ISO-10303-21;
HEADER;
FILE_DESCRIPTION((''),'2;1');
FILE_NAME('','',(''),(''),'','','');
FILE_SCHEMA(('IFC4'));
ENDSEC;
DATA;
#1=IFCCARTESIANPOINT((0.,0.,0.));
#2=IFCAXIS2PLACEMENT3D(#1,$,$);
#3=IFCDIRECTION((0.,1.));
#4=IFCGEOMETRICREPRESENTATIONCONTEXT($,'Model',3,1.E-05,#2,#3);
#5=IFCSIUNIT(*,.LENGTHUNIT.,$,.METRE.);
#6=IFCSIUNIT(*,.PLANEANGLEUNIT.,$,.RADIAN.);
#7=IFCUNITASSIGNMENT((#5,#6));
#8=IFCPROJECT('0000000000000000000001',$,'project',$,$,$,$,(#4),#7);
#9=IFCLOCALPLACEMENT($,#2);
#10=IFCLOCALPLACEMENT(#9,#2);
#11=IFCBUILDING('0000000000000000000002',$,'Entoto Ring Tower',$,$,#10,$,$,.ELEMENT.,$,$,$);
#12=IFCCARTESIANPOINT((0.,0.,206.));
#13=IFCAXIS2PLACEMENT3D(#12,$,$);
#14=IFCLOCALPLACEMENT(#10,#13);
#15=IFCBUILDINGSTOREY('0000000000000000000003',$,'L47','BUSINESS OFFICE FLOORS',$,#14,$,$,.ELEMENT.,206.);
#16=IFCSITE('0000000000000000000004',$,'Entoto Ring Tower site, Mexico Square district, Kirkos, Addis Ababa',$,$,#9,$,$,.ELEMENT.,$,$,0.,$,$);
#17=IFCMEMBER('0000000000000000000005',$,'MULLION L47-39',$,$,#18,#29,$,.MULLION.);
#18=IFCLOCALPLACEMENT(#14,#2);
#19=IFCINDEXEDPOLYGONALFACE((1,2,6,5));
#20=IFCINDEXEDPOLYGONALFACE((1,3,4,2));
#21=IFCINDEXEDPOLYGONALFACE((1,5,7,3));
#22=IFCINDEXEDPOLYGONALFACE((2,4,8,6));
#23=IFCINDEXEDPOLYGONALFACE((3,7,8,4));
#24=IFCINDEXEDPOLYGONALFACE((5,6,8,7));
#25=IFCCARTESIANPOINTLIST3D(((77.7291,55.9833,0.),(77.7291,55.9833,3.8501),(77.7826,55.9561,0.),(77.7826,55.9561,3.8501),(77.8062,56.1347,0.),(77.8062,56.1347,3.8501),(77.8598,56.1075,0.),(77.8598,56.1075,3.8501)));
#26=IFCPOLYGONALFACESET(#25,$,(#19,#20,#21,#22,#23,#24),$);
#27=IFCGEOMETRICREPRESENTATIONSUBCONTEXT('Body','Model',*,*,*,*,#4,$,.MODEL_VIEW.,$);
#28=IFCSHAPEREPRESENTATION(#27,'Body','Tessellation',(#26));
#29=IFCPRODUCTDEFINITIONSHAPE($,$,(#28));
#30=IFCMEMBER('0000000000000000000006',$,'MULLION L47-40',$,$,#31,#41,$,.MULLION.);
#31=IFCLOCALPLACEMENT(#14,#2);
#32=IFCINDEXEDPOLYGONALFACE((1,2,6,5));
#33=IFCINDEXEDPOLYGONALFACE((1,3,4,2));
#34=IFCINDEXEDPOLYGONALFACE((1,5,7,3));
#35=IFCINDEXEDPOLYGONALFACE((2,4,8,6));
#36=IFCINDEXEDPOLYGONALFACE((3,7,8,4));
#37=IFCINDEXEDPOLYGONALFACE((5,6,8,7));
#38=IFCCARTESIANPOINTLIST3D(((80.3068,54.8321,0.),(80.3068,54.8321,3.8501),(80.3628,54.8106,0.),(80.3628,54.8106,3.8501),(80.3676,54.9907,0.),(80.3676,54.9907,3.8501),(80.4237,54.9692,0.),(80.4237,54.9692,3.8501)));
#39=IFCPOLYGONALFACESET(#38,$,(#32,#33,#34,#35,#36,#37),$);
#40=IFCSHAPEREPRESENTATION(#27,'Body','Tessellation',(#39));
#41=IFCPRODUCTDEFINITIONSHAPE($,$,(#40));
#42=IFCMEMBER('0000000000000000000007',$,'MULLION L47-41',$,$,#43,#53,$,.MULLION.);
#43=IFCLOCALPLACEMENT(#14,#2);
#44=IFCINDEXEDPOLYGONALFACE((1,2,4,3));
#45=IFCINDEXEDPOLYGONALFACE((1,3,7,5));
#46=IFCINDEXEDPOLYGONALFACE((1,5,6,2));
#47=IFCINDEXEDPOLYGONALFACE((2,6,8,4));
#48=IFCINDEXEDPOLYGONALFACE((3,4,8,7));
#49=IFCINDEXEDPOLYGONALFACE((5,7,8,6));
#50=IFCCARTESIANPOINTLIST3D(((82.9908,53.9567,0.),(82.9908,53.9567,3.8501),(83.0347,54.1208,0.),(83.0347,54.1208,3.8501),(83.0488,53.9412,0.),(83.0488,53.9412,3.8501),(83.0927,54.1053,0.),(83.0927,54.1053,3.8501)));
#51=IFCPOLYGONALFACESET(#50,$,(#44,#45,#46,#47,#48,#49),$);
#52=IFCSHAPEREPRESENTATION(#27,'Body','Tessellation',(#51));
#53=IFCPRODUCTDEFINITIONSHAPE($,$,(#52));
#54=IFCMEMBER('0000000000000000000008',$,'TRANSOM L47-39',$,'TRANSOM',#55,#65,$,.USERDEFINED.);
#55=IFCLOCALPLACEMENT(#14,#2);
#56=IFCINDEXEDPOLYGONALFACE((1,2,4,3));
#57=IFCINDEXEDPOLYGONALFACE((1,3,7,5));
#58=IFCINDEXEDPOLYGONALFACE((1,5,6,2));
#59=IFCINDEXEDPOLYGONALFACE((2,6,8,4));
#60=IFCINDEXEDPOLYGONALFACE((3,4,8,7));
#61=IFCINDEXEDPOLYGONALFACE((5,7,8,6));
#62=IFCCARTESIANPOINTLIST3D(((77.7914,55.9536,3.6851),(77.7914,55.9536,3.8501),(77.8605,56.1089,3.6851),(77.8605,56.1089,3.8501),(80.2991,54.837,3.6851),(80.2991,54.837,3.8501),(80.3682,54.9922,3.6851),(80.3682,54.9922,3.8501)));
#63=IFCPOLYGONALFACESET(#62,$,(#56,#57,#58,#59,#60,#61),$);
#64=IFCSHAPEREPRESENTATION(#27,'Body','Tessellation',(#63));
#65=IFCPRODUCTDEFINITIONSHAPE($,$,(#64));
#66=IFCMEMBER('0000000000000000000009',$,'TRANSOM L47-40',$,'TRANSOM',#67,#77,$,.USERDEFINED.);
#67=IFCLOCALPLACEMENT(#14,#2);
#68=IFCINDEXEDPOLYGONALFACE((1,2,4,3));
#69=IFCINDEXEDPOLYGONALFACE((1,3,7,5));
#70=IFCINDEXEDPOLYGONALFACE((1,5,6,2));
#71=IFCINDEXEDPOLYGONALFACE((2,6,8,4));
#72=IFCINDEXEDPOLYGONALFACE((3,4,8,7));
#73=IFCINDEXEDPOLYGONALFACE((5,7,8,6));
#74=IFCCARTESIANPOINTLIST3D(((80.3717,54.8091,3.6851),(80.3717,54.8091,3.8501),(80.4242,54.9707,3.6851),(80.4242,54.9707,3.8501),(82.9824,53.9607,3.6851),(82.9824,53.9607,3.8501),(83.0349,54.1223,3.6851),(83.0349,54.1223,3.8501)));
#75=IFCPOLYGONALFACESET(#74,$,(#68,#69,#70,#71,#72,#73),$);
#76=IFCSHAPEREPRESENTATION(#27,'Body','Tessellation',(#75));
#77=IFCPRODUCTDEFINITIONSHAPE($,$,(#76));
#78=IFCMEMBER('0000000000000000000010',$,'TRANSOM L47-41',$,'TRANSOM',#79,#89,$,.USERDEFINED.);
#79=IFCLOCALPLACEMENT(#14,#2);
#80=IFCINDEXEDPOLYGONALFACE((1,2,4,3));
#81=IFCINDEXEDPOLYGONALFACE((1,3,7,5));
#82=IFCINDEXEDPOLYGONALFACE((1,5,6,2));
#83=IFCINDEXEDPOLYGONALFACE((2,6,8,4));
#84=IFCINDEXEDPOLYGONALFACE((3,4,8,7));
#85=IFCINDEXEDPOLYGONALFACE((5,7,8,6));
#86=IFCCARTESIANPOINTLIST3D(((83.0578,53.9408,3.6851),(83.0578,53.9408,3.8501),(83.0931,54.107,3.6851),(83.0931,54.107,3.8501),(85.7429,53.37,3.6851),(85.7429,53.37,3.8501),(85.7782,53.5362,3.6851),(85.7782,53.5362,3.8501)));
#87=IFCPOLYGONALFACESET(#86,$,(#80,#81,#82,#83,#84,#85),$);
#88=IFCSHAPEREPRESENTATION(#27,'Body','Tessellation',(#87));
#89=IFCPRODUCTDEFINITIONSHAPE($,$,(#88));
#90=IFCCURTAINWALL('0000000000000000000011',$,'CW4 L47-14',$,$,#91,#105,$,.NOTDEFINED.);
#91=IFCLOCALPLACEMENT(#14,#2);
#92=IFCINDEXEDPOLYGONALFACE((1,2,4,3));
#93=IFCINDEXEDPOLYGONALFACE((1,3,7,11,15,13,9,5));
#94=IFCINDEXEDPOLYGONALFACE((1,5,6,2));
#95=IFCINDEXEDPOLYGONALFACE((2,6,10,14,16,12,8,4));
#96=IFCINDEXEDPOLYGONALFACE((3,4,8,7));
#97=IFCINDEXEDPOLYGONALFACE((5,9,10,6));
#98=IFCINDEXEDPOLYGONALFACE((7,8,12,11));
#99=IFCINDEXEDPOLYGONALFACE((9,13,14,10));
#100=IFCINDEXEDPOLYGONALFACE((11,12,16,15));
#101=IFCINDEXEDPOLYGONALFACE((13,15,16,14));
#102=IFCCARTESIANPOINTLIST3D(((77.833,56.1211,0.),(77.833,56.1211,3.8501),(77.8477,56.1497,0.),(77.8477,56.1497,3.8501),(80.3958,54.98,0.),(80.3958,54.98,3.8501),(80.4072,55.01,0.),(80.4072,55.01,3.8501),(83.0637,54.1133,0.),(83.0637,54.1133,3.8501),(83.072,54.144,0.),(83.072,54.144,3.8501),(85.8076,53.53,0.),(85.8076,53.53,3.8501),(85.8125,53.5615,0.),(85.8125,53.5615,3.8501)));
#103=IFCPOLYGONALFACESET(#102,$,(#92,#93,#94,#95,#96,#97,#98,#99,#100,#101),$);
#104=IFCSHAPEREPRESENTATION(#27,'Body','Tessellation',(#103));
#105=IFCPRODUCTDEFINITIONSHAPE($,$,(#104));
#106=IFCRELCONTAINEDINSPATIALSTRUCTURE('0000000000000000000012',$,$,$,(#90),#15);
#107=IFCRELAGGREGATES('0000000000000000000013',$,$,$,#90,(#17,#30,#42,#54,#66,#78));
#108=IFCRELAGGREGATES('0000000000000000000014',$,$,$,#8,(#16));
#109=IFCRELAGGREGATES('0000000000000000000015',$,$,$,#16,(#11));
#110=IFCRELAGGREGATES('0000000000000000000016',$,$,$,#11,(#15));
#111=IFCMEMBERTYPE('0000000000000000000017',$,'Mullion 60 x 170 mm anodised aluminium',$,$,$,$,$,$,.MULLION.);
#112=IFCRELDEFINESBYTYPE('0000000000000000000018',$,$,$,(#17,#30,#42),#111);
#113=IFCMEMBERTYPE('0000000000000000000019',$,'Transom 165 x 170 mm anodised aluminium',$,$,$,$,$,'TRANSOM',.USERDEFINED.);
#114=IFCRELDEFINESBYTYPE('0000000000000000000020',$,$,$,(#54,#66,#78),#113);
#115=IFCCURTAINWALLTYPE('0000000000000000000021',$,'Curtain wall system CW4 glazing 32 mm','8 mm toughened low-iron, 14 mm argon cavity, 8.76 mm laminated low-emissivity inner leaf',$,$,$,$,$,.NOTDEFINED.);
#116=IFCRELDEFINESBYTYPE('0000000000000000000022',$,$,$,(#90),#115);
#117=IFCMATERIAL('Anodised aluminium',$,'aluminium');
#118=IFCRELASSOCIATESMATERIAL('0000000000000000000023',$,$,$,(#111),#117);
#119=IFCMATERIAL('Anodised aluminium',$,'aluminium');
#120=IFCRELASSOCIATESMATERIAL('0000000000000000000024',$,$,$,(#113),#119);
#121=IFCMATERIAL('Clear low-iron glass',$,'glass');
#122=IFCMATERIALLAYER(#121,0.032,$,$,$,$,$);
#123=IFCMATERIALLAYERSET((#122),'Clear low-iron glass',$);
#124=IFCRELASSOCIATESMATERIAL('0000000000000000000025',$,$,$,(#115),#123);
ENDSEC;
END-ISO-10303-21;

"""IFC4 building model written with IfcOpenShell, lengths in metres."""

from ifc_helpers import new_model, si_unit, direction, frame, origin, origin_2d, place, context, subcontext, project, spatial, polyline, rectangle, outline, extrude, material, layer, layer_set, material_profile, profile_set, type_object, element, aggregate, save


model = new_model("IFC4")

# Units and contexts
model_context = context("Model", 3, precision=1e-05, world=origin(), true_north=direction((0.0, 1.0)))
body_context = subcontext(model_context, "Body", "Model", "MODEL_VIEW")
ifc_project = project(units=[si_unit("LENGTHUNIT", "METRE"), si_unit("PLANEANGLEUNIT", "RADIAN")], contexts=[model_context])

# Members
ifc_material_1 = material(Name="Anodised aluminium", Category="aluminium")
ifc_material_profile_1 = material_profile(ifc_material_1, rectangle(XDim=0.0601, YDim=0.1699, at=origin_2d()), Name="Mullion 60 x 170 mm anodised aluminium")
ifc_profile_set_1 = profile_set([ifc_material_profile_1], Name="Anodised aluminium")
member_type_1 = type_object("IfcMemberType", Name="Mullion 60 x 170 mm anodised aluminium", PredefinedType="MULLION", material=ifc_profile_set_1)
site_placement = place(None, origin())
building_placement = place(site_placement, origin())
storey_placement = place(building_placement, frame((0.0, 0.0, 206.0)))
member_1_placement = place(storey_placement, frame((77.7944, 56.0454, 0.0), z_axis=(0.0, 0.0, 1.0), x_axis=(0.891007, -0.45399, 0.0)))
member_1 = element("IfcMember", 1, at=member_1_placement, type_object=member_type_1, Name="MULLION L47-39", PredefinedType="MULLION", context=body_context, shape_type="SweptSolid", body=[
    extrude(rectangle(XDim=0.0601, YDim=0.1699, at=origin_2d()), origin(), (0.0, 0.0, 1.0), 3.8501),
])
member_2_placement = place(storey_placement, frame((80.3652, 54.9006, 0.0), z_axis=(0.0, 0.0, 1.0), x_axis=(0.93358, -0.358368, 0.0)))
member_2 = element("IfcMember", 2, at=member_2_placement, type_object=member_type_1, Name="MULLION L47-40", PredefinedType="MULLION", context=body_context, shape_type="SweptSolid", body=[
    extrude(rectangle(XDim=0.0601, YDim=0.1699, at=origin_2d()), origin(), (0.0, 0.0, 1.0), 3.8501),
])
member_3_placement = place(storey_placement, frame((83.0417, 54.031, 0.0), z_axis=(0.0, 0.0, 1.0), x_axis=(0.965926, -0.258819, 0.0)))
member_3 = element("IfcMember", 3, at=member_3_placement, type_object=member_type_1, Name="MULLION L47-41", PredefinedType="MULLION", context=body_context, shape_type="SweptSolid", body=[
    extrude(rectangle(XDim=0.0601, YDim=0.1699, at=origin_2d()), origin(), (0.0, 0.0, 1.0), 3.8501),
])
ifc_material_2 = material(Name="Anodised aluminium", Category="aluminium")
ifc_material_profile_2 = material_profile(ifc_material_2, rectangle(XDim=0.1699, YDim=0.165, at=origin_2d()), Name="Transom 165 x 170 mm anodised aluminium")
ifc_profile_set_2 = profile_set([ifc_material_profile_2], Name="Anodised aluminium")
member_type_2 = type_object("IfcMemberType", Name="Transom 165 x 170 mm anodised aluminium", ElementType="TRANSOM", PredefinedType="USERDEFINED", material=ifc_profile_set_2)
member_4_placement = place(storey_placement, frame((77.8259, 56.0312, 3.7676), z_axis=(0.913525, -0.406782, 0.0), x_axis=(0.406782, 0.913525, 0.0)))
member_4 = element("IfcMember", 4, at=member_4_placement, type_object=member_type_2, Name="TRANSOM L47-39", ObjectType="TRANSOM", PredefinedType="USERDEFINED", context=body_context, shape_type="SweptSolid", body=[
    extrude(rectangle(XDim=0.1699, YDim=0.165, at=origin_2d()), origin(), (0.0, 0.0, 1.0), 2.7451),
])
member_5_placement = place(storey_placement, frame((80.3979, 54.8899, 3.7676), z_axis=(0.951048, -0.309042, 0.0), x_axis=(0.309042, 0.951048, 0.0)))
member_5 = element("IfcMember", 5, at=member_5_placement, type_object=member_type_2, Name="TRANSOM L47-40", ObjectType="TRANSOM", PredefinedType="USERDEFINED", context=body_context, shape_type="SweptSolid", body=[
    extrude(rectangle(XDim=0.1699, YDim=0.165, at=origin_2d()), origin(), (0.0, 0.0, 1.0), 2.7451),
])
member_6_placement = place(storey_placement, frame((83.0754, 54.0239, 3.7676), z_axis=(0.978142, -0.207937, 0.0), x_axis=(0.207937, 0.978142, 0.0)))
member_6 = element("IfcMember", 6, at=member_6_placement, type_object=member_type_2, Name="TRANSOM L47-41", ObjectType="TRANSOM", PredefinedType="USERDEFINED", context=body_context, shape_type="SweptSolid", body=[
    extrude(rectangle(XDim=0.1699, YDim=0.165, at=origin_2d()), origin(), (0.0, 0.0, 1.0), 2.7451),
])

# Site, building, storey
site = spatial("IfcSite", under=ifc_project, at=site_placement, Name="Entoto Ring Tower site, Mexico Square district, Kirkos, Addis Ababa", CompositionType="ELEMENT", RefElevation=0.0)
building = spatial("IfcBuilding", under=site, at=building_placement, Name="Entoto Ring Tower", CompositionType="ELEMENT")
storey = spatial("IfcBuildingStorey", under=building, at=storey_placement, Name="L47", Description="BUSINESS OFFICE FLOORS", CompositionType="ELEMENT", Elevation=206.0)

# Curtain wall
ifc_material_3 = material(Name="Clear low-iron glass", Category="glass")
ifc_layer = layer(ifc_material_3, 0.032)
ifc_layer_set = layer_set([ifc_layer], Name="Clear low-iron glass")
curtain_wall_type = type_object("IfcCurtainWallType", Name="Curtain wall system CW4 glazing 32 mm", Description="8 mm toughened low-iron, 14 mm argon cavity, 8.76 mm laminated low-emissivity inner leaf", PredefinedType="NOTDEFINED", material=ifc_layer_set)
curtain_wall_1_placement = place(storey_placement, origin())
curtain_wall_1 = element("IfcCurtainWall", 7, at=curtain_wall_1_placement, inside=storey, type_object=curtain_wall_type, Name="CW4 L47-14", PredefinedType="NOTDEFINED", context=body_context, shape_type="SweptSolid", body=[
    extrude(outline(polyline([(77.833, 56.1211), (80.3958, 54.98), (83.0637, 54.1133), (85.8076, 53.53), (85.8125, 53.5615), (83.072, 54.144), (80.4072, 55.01), (77.8477, 56.1497), (77.833, 56.1211)])), origin(), (0.0, 0.0, 1.0), 3.8501),
])
aggregate(curtain_wall_1, [member_1, member_2, member_3, member_4, member_5, member_6])

save(model, "model.ifc")
